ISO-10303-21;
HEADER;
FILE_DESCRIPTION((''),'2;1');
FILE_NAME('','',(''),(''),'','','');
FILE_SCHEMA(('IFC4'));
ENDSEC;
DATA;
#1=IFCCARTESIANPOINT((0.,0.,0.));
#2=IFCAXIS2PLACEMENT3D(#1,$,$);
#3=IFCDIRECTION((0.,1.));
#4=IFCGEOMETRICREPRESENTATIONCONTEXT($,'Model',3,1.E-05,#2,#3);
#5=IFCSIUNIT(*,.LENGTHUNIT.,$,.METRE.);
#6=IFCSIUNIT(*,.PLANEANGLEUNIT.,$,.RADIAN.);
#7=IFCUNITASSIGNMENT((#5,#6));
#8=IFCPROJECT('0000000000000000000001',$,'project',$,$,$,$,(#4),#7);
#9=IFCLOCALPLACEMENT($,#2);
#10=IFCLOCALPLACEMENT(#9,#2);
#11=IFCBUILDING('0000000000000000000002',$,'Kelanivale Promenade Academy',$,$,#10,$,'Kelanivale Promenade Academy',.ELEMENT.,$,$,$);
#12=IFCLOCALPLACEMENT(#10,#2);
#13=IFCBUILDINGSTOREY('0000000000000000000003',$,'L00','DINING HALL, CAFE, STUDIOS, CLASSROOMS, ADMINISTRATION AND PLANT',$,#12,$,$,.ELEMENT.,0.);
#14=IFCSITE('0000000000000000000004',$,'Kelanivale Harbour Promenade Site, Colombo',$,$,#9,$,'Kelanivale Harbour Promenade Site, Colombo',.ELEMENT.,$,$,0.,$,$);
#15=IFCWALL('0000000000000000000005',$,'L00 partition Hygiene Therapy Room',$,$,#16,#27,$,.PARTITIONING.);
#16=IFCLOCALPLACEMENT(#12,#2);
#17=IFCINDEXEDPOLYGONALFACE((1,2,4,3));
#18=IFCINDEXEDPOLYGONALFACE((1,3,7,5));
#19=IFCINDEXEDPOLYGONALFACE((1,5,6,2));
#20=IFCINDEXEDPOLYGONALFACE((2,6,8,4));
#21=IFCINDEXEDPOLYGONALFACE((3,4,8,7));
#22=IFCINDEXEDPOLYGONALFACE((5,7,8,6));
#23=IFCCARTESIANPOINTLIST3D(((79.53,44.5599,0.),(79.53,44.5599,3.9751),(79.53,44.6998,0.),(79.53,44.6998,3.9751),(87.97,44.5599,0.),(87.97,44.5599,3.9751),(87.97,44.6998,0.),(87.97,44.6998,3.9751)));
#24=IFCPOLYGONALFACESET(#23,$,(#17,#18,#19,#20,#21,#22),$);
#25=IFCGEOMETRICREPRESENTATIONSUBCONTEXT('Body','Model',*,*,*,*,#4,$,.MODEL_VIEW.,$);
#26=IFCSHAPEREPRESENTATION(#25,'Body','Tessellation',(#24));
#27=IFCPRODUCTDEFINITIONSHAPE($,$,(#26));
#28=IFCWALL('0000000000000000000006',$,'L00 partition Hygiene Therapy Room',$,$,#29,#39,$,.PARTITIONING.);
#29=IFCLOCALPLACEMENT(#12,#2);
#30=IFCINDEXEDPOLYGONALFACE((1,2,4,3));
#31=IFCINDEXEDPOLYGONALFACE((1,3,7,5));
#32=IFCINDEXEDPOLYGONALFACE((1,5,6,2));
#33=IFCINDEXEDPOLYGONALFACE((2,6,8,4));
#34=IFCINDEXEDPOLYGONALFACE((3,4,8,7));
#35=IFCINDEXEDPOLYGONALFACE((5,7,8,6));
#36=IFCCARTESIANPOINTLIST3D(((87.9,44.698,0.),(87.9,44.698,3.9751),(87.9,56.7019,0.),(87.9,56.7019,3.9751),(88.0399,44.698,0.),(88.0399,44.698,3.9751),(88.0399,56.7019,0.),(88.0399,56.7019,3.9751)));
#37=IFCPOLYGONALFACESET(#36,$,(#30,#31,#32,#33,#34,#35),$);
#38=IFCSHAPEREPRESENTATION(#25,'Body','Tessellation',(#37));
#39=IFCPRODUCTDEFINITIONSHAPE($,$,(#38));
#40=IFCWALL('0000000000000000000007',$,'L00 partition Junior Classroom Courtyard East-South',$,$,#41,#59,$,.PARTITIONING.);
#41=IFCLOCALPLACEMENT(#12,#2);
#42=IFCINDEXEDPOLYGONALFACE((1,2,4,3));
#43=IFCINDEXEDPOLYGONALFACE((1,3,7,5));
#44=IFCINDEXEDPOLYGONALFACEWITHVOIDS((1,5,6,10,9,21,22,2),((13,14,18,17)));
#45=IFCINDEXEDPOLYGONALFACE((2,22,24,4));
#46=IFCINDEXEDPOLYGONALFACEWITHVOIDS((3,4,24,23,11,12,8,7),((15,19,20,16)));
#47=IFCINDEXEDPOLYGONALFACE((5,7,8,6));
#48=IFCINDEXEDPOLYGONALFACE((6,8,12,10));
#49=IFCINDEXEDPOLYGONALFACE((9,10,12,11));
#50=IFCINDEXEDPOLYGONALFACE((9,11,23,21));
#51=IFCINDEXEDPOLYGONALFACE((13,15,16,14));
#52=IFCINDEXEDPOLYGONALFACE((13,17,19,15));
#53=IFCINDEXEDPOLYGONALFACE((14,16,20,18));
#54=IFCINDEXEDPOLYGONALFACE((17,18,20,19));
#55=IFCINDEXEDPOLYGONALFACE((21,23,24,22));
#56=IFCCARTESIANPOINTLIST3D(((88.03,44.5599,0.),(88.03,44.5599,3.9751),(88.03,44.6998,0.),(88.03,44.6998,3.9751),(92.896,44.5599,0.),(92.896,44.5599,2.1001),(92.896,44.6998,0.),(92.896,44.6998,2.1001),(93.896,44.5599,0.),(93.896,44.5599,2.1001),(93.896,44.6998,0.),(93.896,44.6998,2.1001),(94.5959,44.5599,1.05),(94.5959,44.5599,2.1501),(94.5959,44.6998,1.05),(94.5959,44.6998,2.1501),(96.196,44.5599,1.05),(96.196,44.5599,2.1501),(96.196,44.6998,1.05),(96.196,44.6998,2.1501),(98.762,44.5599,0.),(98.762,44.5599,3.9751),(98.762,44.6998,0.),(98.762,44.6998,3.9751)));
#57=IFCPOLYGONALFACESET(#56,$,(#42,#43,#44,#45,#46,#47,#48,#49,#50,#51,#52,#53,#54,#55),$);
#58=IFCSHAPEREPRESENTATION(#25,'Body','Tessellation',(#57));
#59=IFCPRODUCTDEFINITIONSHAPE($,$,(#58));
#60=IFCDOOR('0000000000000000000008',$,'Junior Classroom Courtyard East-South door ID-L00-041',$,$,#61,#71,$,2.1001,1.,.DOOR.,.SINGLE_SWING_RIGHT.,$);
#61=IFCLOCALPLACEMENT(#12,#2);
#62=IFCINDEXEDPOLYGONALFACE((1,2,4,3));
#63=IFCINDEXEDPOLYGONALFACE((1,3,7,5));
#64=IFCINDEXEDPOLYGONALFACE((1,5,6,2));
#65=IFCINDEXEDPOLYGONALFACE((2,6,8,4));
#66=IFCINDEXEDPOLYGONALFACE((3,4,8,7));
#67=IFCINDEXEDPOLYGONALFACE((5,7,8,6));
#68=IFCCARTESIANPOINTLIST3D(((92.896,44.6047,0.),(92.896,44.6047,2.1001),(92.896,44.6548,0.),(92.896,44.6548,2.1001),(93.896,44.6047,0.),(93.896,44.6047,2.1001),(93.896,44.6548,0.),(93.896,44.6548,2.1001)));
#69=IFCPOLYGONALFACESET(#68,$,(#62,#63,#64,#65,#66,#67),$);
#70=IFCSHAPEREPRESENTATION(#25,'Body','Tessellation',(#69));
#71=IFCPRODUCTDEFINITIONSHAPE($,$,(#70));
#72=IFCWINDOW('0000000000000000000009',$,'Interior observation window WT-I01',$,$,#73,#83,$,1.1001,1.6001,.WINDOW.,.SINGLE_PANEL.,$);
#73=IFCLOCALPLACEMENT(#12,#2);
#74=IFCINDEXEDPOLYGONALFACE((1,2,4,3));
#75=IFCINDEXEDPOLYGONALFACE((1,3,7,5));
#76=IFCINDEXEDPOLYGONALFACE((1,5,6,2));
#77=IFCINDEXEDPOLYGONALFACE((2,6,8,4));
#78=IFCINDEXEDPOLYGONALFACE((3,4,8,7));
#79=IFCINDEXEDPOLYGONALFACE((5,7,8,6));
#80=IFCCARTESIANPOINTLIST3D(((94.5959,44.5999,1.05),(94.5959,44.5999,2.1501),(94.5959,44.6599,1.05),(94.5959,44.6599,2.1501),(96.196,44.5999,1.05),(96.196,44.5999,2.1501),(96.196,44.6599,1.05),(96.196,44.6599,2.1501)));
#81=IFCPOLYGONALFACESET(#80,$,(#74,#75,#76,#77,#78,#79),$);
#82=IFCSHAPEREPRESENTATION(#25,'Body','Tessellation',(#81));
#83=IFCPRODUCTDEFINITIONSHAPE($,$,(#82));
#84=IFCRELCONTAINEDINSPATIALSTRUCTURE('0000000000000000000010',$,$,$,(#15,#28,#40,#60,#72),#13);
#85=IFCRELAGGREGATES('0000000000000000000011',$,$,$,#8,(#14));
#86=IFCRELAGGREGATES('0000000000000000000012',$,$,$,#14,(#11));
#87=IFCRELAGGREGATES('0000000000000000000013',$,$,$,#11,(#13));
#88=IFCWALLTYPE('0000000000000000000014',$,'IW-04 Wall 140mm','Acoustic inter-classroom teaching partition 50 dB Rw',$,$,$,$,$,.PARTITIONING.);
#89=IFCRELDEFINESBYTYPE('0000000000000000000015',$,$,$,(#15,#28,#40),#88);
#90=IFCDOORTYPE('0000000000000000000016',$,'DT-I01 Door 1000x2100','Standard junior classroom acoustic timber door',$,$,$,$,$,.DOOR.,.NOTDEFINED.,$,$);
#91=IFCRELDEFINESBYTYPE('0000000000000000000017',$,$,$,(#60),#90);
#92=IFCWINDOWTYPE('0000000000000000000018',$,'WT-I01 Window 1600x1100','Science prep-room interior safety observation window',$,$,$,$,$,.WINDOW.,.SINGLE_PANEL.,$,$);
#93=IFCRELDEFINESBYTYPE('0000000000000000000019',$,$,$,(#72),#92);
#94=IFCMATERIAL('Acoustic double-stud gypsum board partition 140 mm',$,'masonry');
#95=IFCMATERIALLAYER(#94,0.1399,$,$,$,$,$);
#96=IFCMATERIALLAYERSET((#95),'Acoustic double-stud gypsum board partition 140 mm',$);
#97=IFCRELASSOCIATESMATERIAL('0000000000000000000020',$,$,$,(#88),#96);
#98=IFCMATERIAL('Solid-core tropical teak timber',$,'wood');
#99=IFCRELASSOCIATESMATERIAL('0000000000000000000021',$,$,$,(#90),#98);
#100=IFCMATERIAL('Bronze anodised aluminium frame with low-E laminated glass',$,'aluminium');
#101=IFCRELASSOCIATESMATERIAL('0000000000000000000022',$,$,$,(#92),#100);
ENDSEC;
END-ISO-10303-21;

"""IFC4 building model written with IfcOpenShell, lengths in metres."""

from ifc_helpers import new_model, si_unit, direction, frame, frame_2d, origin, place, context, subcontext, project, spatial, rectangle, extrude, material, layer, layer_set, type_object, element, fill, save


model = new_model("IFC4")

# Units and contexts
model_context = context("Model", 3, precision=1e-05, world=origin(), true_north=direction((0.0, 1.0)))
body_context = subcontext(model_context, "Body", "Model", "MODEL_VIEW")
ifc_project = project(units=[si_unit("LENGTHUNIT", "METRE"), si_unit("PLANEANGLEUNIT", "RADIAN")], contexts=[model_context])

# Site, building, storey
site_placement = place(None, origin())
site = spatial("IfcSite", under=ifc_project, at=site_placement, Name="Kelanivale Harbour Promenade Site, Colombo", LongName="Kelanivale Harbour Promenade Site, Colombo", CompositionType="ELEMENT", RefElevation=0.0)
building_placement = place(site_placement, origin())
building = spatial("IfcBuilding", under=site, at=building_placement, Name="Kelanivale Promenade Academy", LongName="Kelanivale Promenade Academy", CompositionType="ELEMENT")
storey_placement = place(building_placement, origin())
storey = spatial("IfcBuildingStorey", under=building, at=storey_placement, Name="L00", Description="DINING HALL, CAFE, STUDIOS, CLASSROOMS, ADMINISTRATION AND PLANT", CompositionType="ELEMENT", Elevation=0.0)

# Walls
ifc_material_1 = material(Name="Acoustic double-stud gypsum board partition 140 mm", Category="masonry")
ifc_layer_1 = layer(ifc_material_1, 0.1399)
ifc_layer_set_1 = layer_set([ifc_layer_1], Name="Acoustic double-stud gypsum board partition 140 mm")
wall_type = type_object("IfcWallType", Name="IW-04 Wall 140mm", Description="Acoustic inter-classroom teaching partition 50 dB Rw", PredefinedType="PARTITIONING", material=ifc_layer_set_1)
wall_1_placement = place(storey_placement, frame((79.53, 44.6299, 0.0), z_axis=(0.0, 0.0, 1.0), x_axis=(1.0, 0.0, 0.0)))
element("IfcWall", 1, at=wall_1_placement, inside=storey, type_object=wall_type, Name="L00 partition Hygiene Therapy Room", PredefinedType="PARTITIONING", context=body_context, shape_type="SweptSolid", body=[
    extrude(rectangle(XDim=8.4399, YDim=0.1399, at=frame_2d((4.22, 0.0))), origin(), (0.0, 0.0, 1.0), 3.9751),
])
wall_2_placement = place(storey_placement, frame((87.97, 44.698, 0.0), z_axis=(0.0, 0.0, 1.0), x_axis=(0.0, 1.0, 0.0)))
element("IfcWall", 2, at=wall_2_placement, inside=storey, type_object=wall_type, Name="L00 partition Hygiene Therapy Room", PredefinedType="PARTITIONING", context=body_context, shape_type="SweptSolid", body=[
    extrude(rectangle(XDim=12.0039, YDim=0.1399, at=frame_2d((6.002, 0.0))), origin(), (0.0, 0.0, 1.0), 3.9751),
])

# Wall, openings, door, window
wall_3_placement = place(storey_placement, frame((88.03, 44.6299, 0.0), z_axis=(0.0, 0.0, 1.0), x_axis=(1.0, 0.0, 0.0)))
wall_3 = element("IfcWall", 3, at=wall_3_placement, inside=storey, type_object=wall_type, Name="L00 partition Junior Classroom Courtyard East-South", PredefinedType="PARTITIONING", context=body_context, shape_type="SweptSolid", body=[
    extrude(rectangle(XDim=10.7319, YDim=0.1399, at=frame_2d((5.366, 0.0))), origin(), (0.0, 0.0, 1.0), 3.9751),
])
opening_1_placement = place(wall_3_placement, frame((4.866, 0.0, 0.0)))
opening_1 = element("IfcOpeningElement", 4, at=opening_1_placement, cuts=wall_3, PredefinedType="OPENING", context=body_context, shape_type="SweptSolid", body=[
    extrude(rectangle(XDim=1.0, YDim=2.1001, at=frame_2d((0.5, 1.05))), frame((0.0, 0.0801, 0.0), z_axis=(0.0, -1.0, 0.0), x_axis=(1.0, 0.0, 0.0)), (0.0, 0.0, 1.0), 0.1599),
])
opening_2_placement = place(wall_3_placement, frame((6.5659, 0.0, 1.05)))
opening_2 = element("IfcOpeningElement", 5, at=opening_2_placement, cuts=wall_3, PredefinedType="OPENING", context=body_context, shape_type="SweptSolid", body=[
    extrude(rectangle(XDim=1.6001, YDim=1.1001, at=frame_2d((0.8, 0.55))), frame((0.0, 0.0801, 0.0), z_axis=(0.0, -1.0, 0.0), x_axis=(1.0, 0.0, 0.0)), (0.0, 0.0, 1.0), 0.1599),
])
ifc_material_2 = material(Name="Solid-core tropical teak timber", Category="wood")
door_type = type_object("IfcDoorType", Name="DT-I01 Door 1000x2100", Description="Standard junior classroom acoustic timber door", OperationType="NOTDEFINED", PredefinedType="DOOR", material=ifc_material_2)
door_placement = place(opening_1_placement, origin())
door = element("IfcDoor", 6, at=door_placement, inside=storey, type_object=door_type, Name="Junior Classroom Courtyard East-South door ID-L00-041", OperationType="SINGLE_SWING_RIGHT", OverallHeight=2.1001, OverallWidth=1.0, PredefinedType="DOOR", context=body_context, shape_type="SweptSolid", body=[
    extrude(rectangle(XDim=1.0, YDim=2.1001, at=frame_2d((0.5, 1.05))), frame((0.0, 0.0249, 0.0), z_axis=(0.0, -1.0, 0.0), x_axis=(1.0, 0.0, 0.0)), (0.0, 0.0, 1.0), 0.05),
])
fill(opening_1, door)
ifc_material_3 = material(Name="Bronze anodised aluminium frame with low-E laminated glass", Category="aluminium")
window_type = type_object("IfcWindowType", Name="WT-I01 Window 1600x1100", Description="Science prep-room interior safety observation window", PartitioningType="SINGLE_PANEL", PredefinedType="WINDOW", material=ifc_material_3)
window_placement = place(opening_2_placement, origin())
window = element("IfcWindow", 7, at=window_placement, inside=storey, type_object=window_type, Name="Interior observation window WT-I01", OverallHeight=1.1001, OverallWidth=1.6001, PartitioningType="SINGLE_PANEL", PredefinedType="WINDOW", context=body_context, shape_type="SweptSolid", body=[
    extrude(rectangle(XDim=1.6001, YDim=1.1001, at=frame_2d((0.8, 0.55))), frame((0.0, 0.03, 0.0), z_axis=(0.0, -1.0, 0.0), x_axis=(1.0, 0.0, 0.0)), (0.0, 0.0, 1.0), 0.0601),
])
fill(opening_2, window)

save(model, "model.ifc")
